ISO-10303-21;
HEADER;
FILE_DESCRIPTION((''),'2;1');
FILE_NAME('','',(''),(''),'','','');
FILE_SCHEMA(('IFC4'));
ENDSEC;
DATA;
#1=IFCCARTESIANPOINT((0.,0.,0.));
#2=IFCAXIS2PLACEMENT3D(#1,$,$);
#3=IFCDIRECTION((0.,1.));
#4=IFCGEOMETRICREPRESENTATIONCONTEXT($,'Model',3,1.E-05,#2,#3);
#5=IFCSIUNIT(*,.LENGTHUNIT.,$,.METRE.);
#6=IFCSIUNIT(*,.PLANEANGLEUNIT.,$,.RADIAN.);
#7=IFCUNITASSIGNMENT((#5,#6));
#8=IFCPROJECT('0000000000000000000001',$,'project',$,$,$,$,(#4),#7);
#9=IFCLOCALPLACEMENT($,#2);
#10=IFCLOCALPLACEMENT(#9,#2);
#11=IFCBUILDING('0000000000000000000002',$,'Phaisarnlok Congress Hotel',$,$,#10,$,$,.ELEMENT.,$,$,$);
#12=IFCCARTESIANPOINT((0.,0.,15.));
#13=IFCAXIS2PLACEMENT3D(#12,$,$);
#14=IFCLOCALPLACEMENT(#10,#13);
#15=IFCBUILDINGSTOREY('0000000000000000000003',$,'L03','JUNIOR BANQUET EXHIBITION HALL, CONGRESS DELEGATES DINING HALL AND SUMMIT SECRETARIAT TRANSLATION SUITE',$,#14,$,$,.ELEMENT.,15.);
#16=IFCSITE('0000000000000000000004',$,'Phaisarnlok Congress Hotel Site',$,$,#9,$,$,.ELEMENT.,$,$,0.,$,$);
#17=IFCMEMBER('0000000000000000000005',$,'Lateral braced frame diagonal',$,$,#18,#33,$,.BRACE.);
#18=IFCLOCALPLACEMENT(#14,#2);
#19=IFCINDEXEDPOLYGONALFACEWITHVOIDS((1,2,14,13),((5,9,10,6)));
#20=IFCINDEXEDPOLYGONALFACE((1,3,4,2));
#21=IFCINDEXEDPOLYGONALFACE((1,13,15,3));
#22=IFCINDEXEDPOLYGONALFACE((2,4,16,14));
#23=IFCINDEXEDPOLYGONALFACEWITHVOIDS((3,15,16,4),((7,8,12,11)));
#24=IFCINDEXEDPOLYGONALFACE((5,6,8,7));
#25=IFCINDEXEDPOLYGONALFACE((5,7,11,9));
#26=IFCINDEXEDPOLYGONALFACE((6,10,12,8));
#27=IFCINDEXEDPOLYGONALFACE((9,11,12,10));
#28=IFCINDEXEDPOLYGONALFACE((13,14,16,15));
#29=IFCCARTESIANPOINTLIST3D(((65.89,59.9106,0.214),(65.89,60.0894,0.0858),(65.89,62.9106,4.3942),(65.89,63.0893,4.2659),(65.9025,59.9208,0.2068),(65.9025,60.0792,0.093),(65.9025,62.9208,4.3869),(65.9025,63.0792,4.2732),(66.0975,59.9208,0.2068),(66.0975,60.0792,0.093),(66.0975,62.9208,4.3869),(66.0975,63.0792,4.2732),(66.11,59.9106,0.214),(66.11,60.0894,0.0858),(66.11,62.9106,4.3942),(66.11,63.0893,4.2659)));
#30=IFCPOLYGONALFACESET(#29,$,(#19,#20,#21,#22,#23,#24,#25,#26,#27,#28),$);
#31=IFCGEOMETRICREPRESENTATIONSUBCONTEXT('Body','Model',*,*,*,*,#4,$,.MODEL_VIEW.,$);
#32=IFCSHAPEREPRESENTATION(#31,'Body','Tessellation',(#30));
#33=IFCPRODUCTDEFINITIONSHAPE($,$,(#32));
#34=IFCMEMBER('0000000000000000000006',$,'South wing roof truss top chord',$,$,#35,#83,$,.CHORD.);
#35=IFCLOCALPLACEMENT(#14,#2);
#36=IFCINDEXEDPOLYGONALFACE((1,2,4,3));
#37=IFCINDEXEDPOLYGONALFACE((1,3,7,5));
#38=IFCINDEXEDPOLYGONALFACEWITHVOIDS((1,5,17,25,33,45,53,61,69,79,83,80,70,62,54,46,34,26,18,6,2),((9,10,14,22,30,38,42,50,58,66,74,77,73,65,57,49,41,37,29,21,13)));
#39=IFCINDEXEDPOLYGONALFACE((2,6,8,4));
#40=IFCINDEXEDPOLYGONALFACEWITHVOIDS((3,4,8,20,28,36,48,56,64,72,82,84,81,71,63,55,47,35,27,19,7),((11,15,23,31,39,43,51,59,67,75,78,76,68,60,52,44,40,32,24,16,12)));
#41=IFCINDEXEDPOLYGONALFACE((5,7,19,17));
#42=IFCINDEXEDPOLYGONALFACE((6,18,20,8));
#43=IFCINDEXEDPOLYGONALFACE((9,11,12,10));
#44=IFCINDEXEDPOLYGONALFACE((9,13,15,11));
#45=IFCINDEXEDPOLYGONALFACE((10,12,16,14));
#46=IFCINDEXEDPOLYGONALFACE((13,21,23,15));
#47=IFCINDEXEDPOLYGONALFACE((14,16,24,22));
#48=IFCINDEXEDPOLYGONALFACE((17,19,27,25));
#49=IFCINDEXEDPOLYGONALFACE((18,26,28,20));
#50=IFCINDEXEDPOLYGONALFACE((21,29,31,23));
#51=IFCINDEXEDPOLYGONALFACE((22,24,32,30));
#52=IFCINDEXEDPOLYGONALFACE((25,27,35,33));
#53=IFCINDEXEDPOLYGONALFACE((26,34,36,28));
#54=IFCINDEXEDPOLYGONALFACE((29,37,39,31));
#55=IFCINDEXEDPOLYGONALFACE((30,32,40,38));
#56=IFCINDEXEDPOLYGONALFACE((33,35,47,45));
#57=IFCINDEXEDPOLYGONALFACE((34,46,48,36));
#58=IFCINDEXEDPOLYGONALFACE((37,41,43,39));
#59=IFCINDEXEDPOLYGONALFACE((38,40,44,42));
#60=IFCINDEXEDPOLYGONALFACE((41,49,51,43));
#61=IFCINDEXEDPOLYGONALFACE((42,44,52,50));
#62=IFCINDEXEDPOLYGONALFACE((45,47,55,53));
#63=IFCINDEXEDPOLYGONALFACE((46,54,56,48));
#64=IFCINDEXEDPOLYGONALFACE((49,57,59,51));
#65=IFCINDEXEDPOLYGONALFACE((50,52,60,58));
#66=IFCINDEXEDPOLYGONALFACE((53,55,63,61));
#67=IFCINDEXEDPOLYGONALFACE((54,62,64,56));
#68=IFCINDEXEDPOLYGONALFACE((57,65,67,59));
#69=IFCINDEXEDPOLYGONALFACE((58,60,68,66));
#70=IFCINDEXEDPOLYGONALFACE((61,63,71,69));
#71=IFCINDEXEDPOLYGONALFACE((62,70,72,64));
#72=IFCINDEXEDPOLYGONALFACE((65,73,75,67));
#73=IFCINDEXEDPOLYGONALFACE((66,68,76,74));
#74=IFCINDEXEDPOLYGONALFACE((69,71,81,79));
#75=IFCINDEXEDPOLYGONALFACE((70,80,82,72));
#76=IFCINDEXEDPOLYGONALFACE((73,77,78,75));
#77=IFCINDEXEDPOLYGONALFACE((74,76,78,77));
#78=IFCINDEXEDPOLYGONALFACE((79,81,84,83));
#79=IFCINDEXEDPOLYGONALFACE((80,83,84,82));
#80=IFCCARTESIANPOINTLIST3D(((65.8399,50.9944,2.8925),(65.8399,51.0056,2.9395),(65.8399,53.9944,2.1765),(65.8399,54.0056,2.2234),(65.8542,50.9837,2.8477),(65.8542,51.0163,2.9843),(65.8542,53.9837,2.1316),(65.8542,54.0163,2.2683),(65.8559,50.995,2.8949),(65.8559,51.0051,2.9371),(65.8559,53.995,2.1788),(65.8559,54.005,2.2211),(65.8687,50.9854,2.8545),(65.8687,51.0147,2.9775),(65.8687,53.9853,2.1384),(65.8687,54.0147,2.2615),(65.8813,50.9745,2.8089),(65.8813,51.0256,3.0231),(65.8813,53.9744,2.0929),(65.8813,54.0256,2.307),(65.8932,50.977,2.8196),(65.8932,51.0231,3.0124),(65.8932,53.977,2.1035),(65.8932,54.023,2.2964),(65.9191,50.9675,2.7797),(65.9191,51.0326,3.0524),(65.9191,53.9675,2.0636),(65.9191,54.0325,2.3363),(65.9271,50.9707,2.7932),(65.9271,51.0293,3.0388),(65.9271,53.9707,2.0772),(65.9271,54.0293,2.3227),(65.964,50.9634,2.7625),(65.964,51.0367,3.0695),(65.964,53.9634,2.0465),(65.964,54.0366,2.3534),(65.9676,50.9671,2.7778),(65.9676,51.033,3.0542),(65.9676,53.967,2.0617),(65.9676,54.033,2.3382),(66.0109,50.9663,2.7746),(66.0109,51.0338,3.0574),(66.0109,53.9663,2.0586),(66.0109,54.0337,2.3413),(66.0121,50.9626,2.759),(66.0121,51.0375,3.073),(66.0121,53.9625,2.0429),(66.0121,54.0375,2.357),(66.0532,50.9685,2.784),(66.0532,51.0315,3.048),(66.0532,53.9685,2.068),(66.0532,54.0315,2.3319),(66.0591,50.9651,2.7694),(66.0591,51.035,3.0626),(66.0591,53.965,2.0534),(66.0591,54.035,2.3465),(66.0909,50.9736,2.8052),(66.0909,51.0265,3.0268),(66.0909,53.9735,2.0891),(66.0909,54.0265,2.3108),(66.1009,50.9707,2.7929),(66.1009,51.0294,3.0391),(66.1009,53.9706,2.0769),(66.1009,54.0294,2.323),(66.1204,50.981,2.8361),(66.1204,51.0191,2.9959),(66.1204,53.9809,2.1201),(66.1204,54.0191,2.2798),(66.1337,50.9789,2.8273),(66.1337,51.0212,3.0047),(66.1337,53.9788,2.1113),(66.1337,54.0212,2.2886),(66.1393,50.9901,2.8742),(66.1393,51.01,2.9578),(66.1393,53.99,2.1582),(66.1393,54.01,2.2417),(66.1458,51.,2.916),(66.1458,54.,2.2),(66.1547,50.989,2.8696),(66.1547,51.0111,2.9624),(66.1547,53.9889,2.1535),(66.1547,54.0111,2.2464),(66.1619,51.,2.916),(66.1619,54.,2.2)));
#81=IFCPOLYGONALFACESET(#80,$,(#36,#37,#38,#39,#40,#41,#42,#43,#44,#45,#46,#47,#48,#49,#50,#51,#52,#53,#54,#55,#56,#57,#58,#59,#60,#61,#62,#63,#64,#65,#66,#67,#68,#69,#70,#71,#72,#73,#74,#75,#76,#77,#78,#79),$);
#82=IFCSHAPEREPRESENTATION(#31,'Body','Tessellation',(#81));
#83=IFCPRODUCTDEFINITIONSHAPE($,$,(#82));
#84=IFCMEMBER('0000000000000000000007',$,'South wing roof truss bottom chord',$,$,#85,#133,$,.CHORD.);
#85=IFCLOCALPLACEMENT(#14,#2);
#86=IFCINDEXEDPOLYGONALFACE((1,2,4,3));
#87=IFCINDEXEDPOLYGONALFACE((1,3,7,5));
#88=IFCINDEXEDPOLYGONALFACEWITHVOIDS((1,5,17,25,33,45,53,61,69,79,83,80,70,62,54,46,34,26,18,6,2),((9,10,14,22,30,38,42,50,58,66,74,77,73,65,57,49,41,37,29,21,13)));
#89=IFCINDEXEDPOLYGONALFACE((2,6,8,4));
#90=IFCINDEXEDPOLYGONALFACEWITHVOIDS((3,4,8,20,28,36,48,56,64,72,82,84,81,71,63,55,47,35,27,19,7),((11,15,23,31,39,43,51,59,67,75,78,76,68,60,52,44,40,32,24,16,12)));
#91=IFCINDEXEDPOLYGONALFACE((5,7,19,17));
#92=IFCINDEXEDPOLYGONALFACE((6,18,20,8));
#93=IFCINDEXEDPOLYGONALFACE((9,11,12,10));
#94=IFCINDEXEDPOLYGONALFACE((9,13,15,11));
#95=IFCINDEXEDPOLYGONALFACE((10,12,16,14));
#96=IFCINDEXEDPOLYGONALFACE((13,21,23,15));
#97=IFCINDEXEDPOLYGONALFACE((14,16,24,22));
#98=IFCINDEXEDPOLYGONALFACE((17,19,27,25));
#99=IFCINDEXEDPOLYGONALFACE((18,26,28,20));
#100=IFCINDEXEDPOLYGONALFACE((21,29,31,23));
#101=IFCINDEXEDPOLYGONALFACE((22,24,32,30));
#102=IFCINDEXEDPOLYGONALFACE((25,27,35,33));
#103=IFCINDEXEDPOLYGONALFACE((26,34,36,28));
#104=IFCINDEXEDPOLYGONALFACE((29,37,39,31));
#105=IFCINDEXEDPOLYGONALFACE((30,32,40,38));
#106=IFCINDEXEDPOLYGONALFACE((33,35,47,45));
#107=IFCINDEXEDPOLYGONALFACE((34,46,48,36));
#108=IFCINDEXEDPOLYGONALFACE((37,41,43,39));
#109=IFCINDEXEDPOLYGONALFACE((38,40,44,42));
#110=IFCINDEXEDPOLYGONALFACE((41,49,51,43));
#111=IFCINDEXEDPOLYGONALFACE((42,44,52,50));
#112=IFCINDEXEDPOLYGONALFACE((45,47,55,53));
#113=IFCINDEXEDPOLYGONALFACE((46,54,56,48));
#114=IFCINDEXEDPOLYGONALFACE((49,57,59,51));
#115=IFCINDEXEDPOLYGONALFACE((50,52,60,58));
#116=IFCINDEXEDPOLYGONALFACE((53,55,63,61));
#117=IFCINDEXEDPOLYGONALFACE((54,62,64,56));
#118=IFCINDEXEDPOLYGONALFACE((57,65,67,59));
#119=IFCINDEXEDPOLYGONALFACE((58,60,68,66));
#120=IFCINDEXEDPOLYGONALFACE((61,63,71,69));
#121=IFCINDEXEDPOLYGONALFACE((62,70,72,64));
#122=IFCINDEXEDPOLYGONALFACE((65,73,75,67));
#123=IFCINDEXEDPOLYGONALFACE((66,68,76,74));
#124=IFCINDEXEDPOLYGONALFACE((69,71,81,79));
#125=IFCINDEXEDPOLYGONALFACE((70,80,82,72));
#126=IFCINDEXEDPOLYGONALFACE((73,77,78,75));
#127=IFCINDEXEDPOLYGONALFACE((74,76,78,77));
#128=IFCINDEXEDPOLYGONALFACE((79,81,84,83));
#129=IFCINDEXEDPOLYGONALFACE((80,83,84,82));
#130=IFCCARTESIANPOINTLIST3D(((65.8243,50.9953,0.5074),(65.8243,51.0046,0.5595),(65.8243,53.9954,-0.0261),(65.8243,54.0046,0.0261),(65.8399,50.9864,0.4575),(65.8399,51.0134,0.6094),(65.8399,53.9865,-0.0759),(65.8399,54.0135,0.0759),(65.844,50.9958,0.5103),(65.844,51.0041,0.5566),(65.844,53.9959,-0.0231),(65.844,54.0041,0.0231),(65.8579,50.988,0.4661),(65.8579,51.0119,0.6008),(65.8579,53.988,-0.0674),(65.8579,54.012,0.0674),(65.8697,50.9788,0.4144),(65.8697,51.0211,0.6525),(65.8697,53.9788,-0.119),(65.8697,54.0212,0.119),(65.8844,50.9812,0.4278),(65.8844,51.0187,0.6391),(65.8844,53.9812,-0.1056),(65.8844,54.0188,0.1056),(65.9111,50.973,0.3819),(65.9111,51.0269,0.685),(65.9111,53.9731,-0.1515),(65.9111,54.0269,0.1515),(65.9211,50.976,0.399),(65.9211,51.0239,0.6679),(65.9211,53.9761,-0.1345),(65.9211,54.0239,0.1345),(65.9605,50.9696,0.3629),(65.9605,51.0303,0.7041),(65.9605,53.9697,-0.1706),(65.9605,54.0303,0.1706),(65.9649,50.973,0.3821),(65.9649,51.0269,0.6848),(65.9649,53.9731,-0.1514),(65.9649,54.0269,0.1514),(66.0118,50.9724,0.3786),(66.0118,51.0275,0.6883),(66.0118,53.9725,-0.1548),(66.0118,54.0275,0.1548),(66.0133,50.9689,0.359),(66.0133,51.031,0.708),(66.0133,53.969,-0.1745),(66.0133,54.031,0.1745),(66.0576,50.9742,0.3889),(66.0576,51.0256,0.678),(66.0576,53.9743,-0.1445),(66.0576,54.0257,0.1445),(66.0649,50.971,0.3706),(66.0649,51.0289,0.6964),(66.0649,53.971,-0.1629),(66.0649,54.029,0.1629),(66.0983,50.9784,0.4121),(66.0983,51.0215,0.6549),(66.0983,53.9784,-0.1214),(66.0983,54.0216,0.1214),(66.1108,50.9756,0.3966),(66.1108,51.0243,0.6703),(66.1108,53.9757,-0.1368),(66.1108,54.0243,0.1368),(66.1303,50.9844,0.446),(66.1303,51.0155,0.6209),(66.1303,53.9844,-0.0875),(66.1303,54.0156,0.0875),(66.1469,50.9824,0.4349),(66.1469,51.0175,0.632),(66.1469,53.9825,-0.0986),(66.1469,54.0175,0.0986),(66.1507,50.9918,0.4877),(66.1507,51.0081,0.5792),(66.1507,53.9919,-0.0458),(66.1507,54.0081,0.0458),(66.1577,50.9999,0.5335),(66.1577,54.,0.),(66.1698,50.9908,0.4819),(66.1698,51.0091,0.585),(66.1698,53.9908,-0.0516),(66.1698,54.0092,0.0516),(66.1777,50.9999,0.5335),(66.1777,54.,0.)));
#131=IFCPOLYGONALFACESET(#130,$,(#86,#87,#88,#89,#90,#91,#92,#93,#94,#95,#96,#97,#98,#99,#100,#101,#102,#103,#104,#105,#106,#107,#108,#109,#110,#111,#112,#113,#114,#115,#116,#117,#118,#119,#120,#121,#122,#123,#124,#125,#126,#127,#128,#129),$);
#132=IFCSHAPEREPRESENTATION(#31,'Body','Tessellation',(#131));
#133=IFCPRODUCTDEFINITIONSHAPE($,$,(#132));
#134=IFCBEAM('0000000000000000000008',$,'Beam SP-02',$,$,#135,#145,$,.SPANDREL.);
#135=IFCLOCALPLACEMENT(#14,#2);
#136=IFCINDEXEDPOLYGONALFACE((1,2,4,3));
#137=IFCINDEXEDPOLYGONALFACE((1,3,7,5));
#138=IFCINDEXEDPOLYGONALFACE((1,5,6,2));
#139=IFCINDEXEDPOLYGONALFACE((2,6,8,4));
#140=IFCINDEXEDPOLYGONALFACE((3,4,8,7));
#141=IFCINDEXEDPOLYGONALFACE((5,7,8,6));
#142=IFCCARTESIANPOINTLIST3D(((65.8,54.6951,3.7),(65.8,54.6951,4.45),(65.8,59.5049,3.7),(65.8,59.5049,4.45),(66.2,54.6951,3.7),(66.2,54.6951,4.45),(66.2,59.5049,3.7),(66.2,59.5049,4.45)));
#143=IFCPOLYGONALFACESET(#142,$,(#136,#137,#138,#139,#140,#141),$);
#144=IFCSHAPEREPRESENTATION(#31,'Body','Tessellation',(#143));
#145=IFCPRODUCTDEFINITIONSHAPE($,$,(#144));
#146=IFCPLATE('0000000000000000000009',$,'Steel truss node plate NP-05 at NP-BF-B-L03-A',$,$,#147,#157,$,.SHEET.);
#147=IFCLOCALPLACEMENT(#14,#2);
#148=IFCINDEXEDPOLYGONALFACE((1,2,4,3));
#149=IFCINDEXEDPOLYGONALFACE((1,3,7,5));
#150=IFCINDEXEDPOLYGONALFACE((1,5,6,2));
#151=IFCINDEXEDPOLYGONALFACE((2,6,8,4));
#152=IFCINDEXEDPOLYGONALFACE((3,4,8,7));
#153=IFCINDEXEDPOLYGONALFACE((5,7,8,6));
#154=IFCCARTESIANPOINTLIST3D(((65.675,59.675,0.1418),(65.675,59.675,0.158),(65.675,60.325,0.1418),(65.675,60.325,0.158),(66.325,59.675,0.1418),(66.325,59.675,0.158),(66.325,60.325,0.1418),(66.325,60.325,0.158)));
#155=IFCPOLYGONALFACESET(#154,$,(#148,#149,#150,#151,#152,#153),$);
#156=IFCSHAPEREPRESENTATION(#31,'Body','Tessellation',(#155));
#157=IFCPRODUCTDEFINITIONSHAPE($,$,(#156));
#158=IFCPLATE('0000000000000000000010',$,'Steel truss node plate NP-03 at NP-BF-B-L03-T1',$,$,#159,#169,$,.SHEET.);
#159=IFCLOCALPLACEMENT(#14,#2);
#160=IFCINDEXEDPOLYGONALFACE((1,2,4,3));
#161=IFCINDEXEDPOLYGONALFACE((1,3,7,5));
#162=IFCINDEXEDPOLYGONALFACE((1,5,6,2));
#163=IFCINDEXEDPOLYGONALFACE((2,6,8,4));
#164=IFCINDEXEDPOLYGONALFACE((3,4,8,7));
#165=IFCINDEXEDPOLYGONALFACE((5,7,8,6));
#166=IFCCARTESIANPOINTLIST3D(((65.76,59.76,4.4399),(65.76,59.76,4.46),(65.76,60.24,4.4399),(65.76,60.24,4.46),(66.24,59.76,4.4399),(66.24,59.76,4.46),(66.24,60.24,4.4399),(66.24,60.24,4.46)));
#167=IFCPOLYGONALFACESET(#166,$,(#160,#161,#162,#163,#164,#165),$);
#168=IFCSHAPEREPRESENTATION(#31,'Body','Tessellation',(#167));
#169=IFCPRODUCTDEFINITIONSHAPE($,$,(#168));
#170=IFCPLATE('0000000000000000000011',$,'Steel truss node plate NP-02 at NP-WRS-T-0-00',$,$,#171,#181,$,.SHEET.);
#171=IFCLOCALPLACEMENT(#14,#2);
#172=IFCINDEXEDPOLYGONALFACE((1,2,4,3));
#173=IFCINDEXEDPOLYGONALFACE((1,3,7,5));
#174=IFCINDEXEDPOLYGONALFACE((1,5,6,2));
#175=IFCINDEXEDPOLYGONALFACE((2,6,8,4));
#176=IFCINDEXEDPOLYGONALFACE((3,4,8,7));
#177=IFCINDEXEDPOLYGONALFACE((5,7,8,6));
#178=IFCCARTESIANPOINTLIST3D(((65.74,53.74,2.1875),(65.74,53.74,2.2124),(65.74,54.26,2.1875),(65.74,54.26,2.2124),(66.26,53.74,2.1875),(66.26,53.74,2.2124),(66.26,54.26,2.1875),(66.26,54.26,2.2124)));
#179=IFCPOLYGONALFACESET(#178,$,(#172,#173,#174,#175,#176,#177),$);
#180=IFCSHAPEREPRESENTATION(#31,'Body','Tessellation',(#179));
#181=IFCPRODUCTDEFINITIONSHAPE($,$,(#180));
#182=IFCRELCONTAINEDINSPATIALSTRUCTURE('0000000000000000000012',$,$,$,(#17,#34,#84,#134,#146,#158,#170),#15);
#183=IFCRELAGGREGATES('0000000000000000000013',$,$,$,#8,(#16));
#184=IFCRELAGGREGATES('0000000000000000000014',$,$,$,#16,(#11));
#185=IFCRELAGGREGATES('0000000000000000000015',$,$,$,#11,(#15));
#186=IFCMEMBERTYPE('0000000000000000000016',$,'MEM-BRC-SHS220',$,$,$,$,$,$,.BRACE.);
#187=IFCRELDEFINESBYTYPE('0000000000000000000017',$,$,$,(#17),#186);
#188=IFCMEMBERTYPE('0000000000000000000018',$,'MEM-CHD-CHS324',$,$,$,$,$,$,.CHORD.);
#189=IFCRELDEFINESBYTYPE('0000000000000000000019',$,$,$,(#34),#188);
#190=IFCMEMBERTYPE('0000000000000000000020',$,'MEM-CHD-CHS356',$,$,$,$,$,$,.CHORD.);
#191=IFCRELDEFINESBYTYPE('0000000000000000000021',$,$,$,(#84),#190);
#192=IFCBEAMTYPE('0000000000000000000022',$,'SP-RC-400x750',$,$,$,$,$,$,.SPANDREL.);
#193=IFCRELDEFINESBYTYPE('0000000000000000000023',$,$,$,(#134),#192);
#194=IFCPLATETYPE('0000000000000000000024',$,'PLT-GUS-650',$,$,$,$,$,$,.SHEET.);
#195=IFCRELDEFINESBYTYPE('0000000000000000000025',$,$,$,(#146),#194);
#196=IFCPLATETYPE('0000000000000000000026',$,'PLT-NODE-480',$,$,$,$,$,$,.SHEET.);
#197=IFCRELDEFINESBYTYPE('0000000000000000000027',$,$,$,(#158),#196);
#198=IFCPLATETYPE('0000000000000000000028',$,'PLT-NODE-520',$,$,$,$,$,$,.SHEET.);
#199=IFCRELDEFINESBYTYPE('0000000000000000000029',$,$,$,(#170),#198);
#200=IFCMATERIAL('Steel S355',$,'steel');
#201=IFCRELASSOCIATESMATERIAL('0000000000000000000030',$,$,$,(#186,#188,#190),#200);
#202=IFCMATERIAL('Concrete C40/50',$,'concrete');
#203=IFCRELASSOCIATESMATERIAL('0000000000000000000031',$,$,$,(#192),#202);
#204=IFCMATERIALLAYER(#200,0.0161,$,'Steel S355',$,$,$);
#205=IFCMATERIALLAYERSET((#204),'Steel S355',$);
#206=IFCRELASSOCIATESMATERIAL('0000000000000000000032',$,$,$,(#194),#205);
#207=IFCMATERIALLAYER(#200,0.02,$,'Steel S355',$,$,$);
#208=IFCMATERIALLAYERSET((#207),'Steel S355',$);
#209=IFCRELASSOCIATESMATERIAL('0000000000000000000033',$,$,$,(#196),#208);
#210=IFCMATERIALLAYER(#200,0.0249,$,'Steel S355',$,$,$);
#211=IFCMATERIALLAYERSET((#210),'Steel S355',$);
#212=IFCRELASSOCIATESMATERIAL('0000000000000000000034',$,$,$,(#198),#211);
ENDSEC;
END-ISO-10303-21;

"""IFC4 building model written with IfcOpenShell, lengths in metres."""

from ifc_helpers import new_model, si_unit, direction, frame, origin, origin_2d, place, context, subcontext, project, spatial, rectangle, hollow_rectangle, hollow_circle, extrude, material, layer, layer_set, material_profile, profile_set, type_object, element, save


model = new_model("IFC4")

# Units and contexts
model_context = context("Model", 3, precision=1e-05, world=origin(), true_north=direction((0.0, 1.0)))
body_context = subcontext(model_context, "Body", "Model", "MODEL_VIEW")
ifc_project = project(units=[si_unit("LENGTHUNIT", "METRE"), si_unit("PLANEANGLEUNIT", "RADIAN")], contexts=[model_context])

# Site, building, storey
site_placement = place(None, origin())
site = spatial("IfcSite", under=ifc_project, at=site_placement, Name="Phaisarnlok Congress Hotel Site", CompositionType="ELEMENT", RefElevation=0.0)
building_placement = place(site_placement, origin())
building = spatial("IfcBuilding", under=site, at=building_placement, Name="Phaisarnlok Congress Hotel", CompositionType="ELEMENT")
storey_placement = place(building_placement, frame((0.0, 0.0, 15.0)))
storey = spatial("IfcBuildingStorey", under=building, at=storey_placement, Name="L03", Description="JUNIOR BANQUET EXHIBITION HALL, CONGRESS DELEGATES DINING HALL AND SUMMIT SECRETARIAT TRANSLATION SUITE", CompositionType="ELEMENT", Elevation=15.0)

# Shared definitions
ifc_material_1 = material(Name="Steel S355", Category="steel")

# Members
ifc_material_profile_1 = material_profile(ifc_material_1, hollow_rectangle(XDim=0.22, YDim=0.22, WallThickness=0.0125, at=origin_2d()), Name="SHS 220x220x12.5")
ifc_profile_set_1 = profile_set([ifc_material_profile_1], Name="Steel S355")
member_type_1 = type_object("IfcMemberType", Name="MEM-BRC-SHS220", PredefinedType="BRACE", material=ifc_profile_set_1)
member_1_placement = place(storey_placement, frame((66.0, 60.0, 0.1499), z_axis=(0.0, 0.583059, 0.81243), x_axis=(-1.0, 0.0, 0.0)))
element("IfcMember", 1, at=member_1_placement, inside=storey, type_object=member_type_1, Name="Lateral braced frame diagonal", PredefinedType="BRACE", context=body_context, shape_type="SweptSolid", body=[
    extrude(hollow_rectangle(XDim=0.22, YDim=0.22, WallThickness=0.0125, at=origin_2d()), origin(), (0.0, 0.0, 1.0), 5.1453),
])
ifc_material_profile_2 = material_profile(ifc_material_1, hollow_circle(Radius=0.1619, WallThickness=0.0161, at=origin_2d()), Name="CHS 323.9x16")
ifc_profile_set_2 = profile_set([ifc_material_profile_2], Name="Steel S355")
member_type_2 = type_object("IfcMemberType", Name="MEM-CHD-CHS324", PredefinedType="CHORD", material=ifc_profile_set_2)
member_2_placement = place(storey_placement, frame((66.0, 54.0, 2.2), z_axis=(0.0, -0.972676, 0.232166), x_axis=(1.0, 0.0, 0.0)))
element("IfcMember", 2, at=member_2_placement, inside=storey, type_object=member_type_2, Name="South wing roof truss top chord", PredefinedType="CHORD", context=body_context, shape_type="SweptSolid", body=[
    extrude(hollow_circle(Radius=0.1619, WallThickness=0.0161, at=origin_2d()), origin(), (0.0, 0.0, 1.0), 3.0842),
])
ifc_material_profile_3 = material_profile(ifc_material_1, hollow_circle(Radius=0.1777, WallThickness=0.02, at=origin_2d()), Name="CHS 355.6x20")
ifc_profile_set_3 = profile_set([ifc_material_profile_3], Name="Steel S355")
member_type_3 = type_object("IfcMemberType", Name="MEM-CHD-CHS356", PredefinedType="CHORD", material=ifc_profile_set_3)
member_3_placement = place(storey_placement, frame((66.0, 54.0, 0.0), z_axis=(0.0, -0.984556, 0.17507), x_axis=(1.0, 0.0, 0.0)))
element("IfcMember", 3, at=member_3_placement, inside=storey, type_object=member_type_3, Name="South wing roof truss bottom chord", PredefinedType="CHORD", context=body_context, shape_type="SweptSolid", body=[
    extrude(hollow_circle(Radius=0.1777, WallThickness=0.02, at=origin_2d()), origin(), (0.0, 0.0, 1.0), 3.0471),
])

# Beam
ifc_material_2 = material(Name="Concrete C40/50", Category="concrete")
ifc_material_profile_4 = material_profile(ifc_material_2, rectangle(XDim=0.3999, YDim=0.75, at=origin_2d()), Name="RC 400x750")
ifc_profile_set_4 = profile_set([ifc_material_profile_4], Name="Concrete C40/50")
beam_type_1 = type_object("IfcBeamType", Name="SP-RC-400x750", PredefinedType="SPANDREL", material=ifc_profile_set_4)
beam_1_placement = place(storey_placement, frame((66.0, 54.6951, 4.075), z_axis=(0.0, 1.0, 0.0), x_axis=(-1.0, 0.0, 0.0)))
element("IfcBeam", 4, at=beam_1_placement, inside=storey, type_object=beam_type_1, Name="Beam SP-02", PredefinedType="SPANDREL", context=body_context, shape_type="SweptSolid", body=[
    extrude(rectangle(XDim=0.3999, YDim=0.75, at=origin_2d()), origin(), (0.0, 0.0, 1.0), 4.8098),
])

# Plates
ifc_layer_1 = layer(ifc_material_1, 0.0161, Name="Steel S355")
ifc_layer_set_1 = layer_set([ifc_layer_1], Name="Steel S355")
plate_type_1 = type_object("IfcPlateType", Name="PLT-GUS-650", PredefinedType="SHEET", material=ifc_layer_set_1)
plate_1_placement = place(storey_placement, frame((66.0, 60.0, 0.1418), z_axis=(0.0, 0.0, 1.0), x_axis=(1.0, 0.0, 0.0)))
element("IfcPlate", 5, at=plate_1_placement, inside=storey, type_object=plate_type_1, Name="Steel truss node plate NP-05 at NP-BF-B-L03-A", PredefinedType="SHEET", context=body_context, shape_type="SweptSolid", body=[
    extrude(rectangle(XDim=0.6499, YDim=0.6499, at=origin_2d()), origin(), (0.0, 0.0, 1.0), 0.0161),
])
ifc_layer_2 = layer(ifc_material_1, 0.02, Name="Steel S355")
ifc_layer_set_2 = layer_set([ifc_layer_2], Name="Steel S355")
plate_type_2 = type_object("IfcPlateType", Name="PLT-NODE-480", PredefinedType="SHEET", material=ifc_layer_set_2)
plate_2_placement = place(storey_placement, frame((66.0, 60.0, 4.4399), z_axis=(0.0, 0.0, 1.0), x_axis=(1.0, 0.0, 0.0)))
element("IfcPlate", 6, at=plate_2_placement, inside=storey, type_object=plate_type_2, Name="Steel truss node plate NP-03 at NP-BF-B-L03-T1", PredefinedType="SHEET", context=body_context, shape_type="SweptSolid", body=[
    extrude(rectangle(XDim=0.48, YDim=0.48, at=origin_2d()), origin(), (0.0, 0.0, 1.0), 0.02),
])
ifc_layer_3 = layer(ifc_material_1, 0.0249, Name="Steel S355")
ifc_layer_set_3 = layer_set([ifc_layer_3], Name="Steel S355")
plate_type_3 = type_object("IfcPlateType", Name="PLT-NODE-520", PredefinedType="SHEET", material=ifc_layer_set_3)
plate_3_placement = place(storey_placement, frame((66.0, 54.0, 2.1875), z_axis=(0.0, 0.0, 1.0), x_axis=(1.0, 0.0, 0.0)))
element("IfcPlate", 7, at=plate_3_placement, inside=storey, type_object=plate_type_3, Name="Steel truss node plate NP-02 at NP-WRS-T-0-00", PredefinedType="SHEET", context=body_context, shape_type="SweptSolid", body=[
    extrude(rectangle(XDim=0.52, YDim=0.52, at=origin_2d()), origin(), (0.0, 0.0, 1.0), 0.0249),
])

save(model, "model.ifc")
